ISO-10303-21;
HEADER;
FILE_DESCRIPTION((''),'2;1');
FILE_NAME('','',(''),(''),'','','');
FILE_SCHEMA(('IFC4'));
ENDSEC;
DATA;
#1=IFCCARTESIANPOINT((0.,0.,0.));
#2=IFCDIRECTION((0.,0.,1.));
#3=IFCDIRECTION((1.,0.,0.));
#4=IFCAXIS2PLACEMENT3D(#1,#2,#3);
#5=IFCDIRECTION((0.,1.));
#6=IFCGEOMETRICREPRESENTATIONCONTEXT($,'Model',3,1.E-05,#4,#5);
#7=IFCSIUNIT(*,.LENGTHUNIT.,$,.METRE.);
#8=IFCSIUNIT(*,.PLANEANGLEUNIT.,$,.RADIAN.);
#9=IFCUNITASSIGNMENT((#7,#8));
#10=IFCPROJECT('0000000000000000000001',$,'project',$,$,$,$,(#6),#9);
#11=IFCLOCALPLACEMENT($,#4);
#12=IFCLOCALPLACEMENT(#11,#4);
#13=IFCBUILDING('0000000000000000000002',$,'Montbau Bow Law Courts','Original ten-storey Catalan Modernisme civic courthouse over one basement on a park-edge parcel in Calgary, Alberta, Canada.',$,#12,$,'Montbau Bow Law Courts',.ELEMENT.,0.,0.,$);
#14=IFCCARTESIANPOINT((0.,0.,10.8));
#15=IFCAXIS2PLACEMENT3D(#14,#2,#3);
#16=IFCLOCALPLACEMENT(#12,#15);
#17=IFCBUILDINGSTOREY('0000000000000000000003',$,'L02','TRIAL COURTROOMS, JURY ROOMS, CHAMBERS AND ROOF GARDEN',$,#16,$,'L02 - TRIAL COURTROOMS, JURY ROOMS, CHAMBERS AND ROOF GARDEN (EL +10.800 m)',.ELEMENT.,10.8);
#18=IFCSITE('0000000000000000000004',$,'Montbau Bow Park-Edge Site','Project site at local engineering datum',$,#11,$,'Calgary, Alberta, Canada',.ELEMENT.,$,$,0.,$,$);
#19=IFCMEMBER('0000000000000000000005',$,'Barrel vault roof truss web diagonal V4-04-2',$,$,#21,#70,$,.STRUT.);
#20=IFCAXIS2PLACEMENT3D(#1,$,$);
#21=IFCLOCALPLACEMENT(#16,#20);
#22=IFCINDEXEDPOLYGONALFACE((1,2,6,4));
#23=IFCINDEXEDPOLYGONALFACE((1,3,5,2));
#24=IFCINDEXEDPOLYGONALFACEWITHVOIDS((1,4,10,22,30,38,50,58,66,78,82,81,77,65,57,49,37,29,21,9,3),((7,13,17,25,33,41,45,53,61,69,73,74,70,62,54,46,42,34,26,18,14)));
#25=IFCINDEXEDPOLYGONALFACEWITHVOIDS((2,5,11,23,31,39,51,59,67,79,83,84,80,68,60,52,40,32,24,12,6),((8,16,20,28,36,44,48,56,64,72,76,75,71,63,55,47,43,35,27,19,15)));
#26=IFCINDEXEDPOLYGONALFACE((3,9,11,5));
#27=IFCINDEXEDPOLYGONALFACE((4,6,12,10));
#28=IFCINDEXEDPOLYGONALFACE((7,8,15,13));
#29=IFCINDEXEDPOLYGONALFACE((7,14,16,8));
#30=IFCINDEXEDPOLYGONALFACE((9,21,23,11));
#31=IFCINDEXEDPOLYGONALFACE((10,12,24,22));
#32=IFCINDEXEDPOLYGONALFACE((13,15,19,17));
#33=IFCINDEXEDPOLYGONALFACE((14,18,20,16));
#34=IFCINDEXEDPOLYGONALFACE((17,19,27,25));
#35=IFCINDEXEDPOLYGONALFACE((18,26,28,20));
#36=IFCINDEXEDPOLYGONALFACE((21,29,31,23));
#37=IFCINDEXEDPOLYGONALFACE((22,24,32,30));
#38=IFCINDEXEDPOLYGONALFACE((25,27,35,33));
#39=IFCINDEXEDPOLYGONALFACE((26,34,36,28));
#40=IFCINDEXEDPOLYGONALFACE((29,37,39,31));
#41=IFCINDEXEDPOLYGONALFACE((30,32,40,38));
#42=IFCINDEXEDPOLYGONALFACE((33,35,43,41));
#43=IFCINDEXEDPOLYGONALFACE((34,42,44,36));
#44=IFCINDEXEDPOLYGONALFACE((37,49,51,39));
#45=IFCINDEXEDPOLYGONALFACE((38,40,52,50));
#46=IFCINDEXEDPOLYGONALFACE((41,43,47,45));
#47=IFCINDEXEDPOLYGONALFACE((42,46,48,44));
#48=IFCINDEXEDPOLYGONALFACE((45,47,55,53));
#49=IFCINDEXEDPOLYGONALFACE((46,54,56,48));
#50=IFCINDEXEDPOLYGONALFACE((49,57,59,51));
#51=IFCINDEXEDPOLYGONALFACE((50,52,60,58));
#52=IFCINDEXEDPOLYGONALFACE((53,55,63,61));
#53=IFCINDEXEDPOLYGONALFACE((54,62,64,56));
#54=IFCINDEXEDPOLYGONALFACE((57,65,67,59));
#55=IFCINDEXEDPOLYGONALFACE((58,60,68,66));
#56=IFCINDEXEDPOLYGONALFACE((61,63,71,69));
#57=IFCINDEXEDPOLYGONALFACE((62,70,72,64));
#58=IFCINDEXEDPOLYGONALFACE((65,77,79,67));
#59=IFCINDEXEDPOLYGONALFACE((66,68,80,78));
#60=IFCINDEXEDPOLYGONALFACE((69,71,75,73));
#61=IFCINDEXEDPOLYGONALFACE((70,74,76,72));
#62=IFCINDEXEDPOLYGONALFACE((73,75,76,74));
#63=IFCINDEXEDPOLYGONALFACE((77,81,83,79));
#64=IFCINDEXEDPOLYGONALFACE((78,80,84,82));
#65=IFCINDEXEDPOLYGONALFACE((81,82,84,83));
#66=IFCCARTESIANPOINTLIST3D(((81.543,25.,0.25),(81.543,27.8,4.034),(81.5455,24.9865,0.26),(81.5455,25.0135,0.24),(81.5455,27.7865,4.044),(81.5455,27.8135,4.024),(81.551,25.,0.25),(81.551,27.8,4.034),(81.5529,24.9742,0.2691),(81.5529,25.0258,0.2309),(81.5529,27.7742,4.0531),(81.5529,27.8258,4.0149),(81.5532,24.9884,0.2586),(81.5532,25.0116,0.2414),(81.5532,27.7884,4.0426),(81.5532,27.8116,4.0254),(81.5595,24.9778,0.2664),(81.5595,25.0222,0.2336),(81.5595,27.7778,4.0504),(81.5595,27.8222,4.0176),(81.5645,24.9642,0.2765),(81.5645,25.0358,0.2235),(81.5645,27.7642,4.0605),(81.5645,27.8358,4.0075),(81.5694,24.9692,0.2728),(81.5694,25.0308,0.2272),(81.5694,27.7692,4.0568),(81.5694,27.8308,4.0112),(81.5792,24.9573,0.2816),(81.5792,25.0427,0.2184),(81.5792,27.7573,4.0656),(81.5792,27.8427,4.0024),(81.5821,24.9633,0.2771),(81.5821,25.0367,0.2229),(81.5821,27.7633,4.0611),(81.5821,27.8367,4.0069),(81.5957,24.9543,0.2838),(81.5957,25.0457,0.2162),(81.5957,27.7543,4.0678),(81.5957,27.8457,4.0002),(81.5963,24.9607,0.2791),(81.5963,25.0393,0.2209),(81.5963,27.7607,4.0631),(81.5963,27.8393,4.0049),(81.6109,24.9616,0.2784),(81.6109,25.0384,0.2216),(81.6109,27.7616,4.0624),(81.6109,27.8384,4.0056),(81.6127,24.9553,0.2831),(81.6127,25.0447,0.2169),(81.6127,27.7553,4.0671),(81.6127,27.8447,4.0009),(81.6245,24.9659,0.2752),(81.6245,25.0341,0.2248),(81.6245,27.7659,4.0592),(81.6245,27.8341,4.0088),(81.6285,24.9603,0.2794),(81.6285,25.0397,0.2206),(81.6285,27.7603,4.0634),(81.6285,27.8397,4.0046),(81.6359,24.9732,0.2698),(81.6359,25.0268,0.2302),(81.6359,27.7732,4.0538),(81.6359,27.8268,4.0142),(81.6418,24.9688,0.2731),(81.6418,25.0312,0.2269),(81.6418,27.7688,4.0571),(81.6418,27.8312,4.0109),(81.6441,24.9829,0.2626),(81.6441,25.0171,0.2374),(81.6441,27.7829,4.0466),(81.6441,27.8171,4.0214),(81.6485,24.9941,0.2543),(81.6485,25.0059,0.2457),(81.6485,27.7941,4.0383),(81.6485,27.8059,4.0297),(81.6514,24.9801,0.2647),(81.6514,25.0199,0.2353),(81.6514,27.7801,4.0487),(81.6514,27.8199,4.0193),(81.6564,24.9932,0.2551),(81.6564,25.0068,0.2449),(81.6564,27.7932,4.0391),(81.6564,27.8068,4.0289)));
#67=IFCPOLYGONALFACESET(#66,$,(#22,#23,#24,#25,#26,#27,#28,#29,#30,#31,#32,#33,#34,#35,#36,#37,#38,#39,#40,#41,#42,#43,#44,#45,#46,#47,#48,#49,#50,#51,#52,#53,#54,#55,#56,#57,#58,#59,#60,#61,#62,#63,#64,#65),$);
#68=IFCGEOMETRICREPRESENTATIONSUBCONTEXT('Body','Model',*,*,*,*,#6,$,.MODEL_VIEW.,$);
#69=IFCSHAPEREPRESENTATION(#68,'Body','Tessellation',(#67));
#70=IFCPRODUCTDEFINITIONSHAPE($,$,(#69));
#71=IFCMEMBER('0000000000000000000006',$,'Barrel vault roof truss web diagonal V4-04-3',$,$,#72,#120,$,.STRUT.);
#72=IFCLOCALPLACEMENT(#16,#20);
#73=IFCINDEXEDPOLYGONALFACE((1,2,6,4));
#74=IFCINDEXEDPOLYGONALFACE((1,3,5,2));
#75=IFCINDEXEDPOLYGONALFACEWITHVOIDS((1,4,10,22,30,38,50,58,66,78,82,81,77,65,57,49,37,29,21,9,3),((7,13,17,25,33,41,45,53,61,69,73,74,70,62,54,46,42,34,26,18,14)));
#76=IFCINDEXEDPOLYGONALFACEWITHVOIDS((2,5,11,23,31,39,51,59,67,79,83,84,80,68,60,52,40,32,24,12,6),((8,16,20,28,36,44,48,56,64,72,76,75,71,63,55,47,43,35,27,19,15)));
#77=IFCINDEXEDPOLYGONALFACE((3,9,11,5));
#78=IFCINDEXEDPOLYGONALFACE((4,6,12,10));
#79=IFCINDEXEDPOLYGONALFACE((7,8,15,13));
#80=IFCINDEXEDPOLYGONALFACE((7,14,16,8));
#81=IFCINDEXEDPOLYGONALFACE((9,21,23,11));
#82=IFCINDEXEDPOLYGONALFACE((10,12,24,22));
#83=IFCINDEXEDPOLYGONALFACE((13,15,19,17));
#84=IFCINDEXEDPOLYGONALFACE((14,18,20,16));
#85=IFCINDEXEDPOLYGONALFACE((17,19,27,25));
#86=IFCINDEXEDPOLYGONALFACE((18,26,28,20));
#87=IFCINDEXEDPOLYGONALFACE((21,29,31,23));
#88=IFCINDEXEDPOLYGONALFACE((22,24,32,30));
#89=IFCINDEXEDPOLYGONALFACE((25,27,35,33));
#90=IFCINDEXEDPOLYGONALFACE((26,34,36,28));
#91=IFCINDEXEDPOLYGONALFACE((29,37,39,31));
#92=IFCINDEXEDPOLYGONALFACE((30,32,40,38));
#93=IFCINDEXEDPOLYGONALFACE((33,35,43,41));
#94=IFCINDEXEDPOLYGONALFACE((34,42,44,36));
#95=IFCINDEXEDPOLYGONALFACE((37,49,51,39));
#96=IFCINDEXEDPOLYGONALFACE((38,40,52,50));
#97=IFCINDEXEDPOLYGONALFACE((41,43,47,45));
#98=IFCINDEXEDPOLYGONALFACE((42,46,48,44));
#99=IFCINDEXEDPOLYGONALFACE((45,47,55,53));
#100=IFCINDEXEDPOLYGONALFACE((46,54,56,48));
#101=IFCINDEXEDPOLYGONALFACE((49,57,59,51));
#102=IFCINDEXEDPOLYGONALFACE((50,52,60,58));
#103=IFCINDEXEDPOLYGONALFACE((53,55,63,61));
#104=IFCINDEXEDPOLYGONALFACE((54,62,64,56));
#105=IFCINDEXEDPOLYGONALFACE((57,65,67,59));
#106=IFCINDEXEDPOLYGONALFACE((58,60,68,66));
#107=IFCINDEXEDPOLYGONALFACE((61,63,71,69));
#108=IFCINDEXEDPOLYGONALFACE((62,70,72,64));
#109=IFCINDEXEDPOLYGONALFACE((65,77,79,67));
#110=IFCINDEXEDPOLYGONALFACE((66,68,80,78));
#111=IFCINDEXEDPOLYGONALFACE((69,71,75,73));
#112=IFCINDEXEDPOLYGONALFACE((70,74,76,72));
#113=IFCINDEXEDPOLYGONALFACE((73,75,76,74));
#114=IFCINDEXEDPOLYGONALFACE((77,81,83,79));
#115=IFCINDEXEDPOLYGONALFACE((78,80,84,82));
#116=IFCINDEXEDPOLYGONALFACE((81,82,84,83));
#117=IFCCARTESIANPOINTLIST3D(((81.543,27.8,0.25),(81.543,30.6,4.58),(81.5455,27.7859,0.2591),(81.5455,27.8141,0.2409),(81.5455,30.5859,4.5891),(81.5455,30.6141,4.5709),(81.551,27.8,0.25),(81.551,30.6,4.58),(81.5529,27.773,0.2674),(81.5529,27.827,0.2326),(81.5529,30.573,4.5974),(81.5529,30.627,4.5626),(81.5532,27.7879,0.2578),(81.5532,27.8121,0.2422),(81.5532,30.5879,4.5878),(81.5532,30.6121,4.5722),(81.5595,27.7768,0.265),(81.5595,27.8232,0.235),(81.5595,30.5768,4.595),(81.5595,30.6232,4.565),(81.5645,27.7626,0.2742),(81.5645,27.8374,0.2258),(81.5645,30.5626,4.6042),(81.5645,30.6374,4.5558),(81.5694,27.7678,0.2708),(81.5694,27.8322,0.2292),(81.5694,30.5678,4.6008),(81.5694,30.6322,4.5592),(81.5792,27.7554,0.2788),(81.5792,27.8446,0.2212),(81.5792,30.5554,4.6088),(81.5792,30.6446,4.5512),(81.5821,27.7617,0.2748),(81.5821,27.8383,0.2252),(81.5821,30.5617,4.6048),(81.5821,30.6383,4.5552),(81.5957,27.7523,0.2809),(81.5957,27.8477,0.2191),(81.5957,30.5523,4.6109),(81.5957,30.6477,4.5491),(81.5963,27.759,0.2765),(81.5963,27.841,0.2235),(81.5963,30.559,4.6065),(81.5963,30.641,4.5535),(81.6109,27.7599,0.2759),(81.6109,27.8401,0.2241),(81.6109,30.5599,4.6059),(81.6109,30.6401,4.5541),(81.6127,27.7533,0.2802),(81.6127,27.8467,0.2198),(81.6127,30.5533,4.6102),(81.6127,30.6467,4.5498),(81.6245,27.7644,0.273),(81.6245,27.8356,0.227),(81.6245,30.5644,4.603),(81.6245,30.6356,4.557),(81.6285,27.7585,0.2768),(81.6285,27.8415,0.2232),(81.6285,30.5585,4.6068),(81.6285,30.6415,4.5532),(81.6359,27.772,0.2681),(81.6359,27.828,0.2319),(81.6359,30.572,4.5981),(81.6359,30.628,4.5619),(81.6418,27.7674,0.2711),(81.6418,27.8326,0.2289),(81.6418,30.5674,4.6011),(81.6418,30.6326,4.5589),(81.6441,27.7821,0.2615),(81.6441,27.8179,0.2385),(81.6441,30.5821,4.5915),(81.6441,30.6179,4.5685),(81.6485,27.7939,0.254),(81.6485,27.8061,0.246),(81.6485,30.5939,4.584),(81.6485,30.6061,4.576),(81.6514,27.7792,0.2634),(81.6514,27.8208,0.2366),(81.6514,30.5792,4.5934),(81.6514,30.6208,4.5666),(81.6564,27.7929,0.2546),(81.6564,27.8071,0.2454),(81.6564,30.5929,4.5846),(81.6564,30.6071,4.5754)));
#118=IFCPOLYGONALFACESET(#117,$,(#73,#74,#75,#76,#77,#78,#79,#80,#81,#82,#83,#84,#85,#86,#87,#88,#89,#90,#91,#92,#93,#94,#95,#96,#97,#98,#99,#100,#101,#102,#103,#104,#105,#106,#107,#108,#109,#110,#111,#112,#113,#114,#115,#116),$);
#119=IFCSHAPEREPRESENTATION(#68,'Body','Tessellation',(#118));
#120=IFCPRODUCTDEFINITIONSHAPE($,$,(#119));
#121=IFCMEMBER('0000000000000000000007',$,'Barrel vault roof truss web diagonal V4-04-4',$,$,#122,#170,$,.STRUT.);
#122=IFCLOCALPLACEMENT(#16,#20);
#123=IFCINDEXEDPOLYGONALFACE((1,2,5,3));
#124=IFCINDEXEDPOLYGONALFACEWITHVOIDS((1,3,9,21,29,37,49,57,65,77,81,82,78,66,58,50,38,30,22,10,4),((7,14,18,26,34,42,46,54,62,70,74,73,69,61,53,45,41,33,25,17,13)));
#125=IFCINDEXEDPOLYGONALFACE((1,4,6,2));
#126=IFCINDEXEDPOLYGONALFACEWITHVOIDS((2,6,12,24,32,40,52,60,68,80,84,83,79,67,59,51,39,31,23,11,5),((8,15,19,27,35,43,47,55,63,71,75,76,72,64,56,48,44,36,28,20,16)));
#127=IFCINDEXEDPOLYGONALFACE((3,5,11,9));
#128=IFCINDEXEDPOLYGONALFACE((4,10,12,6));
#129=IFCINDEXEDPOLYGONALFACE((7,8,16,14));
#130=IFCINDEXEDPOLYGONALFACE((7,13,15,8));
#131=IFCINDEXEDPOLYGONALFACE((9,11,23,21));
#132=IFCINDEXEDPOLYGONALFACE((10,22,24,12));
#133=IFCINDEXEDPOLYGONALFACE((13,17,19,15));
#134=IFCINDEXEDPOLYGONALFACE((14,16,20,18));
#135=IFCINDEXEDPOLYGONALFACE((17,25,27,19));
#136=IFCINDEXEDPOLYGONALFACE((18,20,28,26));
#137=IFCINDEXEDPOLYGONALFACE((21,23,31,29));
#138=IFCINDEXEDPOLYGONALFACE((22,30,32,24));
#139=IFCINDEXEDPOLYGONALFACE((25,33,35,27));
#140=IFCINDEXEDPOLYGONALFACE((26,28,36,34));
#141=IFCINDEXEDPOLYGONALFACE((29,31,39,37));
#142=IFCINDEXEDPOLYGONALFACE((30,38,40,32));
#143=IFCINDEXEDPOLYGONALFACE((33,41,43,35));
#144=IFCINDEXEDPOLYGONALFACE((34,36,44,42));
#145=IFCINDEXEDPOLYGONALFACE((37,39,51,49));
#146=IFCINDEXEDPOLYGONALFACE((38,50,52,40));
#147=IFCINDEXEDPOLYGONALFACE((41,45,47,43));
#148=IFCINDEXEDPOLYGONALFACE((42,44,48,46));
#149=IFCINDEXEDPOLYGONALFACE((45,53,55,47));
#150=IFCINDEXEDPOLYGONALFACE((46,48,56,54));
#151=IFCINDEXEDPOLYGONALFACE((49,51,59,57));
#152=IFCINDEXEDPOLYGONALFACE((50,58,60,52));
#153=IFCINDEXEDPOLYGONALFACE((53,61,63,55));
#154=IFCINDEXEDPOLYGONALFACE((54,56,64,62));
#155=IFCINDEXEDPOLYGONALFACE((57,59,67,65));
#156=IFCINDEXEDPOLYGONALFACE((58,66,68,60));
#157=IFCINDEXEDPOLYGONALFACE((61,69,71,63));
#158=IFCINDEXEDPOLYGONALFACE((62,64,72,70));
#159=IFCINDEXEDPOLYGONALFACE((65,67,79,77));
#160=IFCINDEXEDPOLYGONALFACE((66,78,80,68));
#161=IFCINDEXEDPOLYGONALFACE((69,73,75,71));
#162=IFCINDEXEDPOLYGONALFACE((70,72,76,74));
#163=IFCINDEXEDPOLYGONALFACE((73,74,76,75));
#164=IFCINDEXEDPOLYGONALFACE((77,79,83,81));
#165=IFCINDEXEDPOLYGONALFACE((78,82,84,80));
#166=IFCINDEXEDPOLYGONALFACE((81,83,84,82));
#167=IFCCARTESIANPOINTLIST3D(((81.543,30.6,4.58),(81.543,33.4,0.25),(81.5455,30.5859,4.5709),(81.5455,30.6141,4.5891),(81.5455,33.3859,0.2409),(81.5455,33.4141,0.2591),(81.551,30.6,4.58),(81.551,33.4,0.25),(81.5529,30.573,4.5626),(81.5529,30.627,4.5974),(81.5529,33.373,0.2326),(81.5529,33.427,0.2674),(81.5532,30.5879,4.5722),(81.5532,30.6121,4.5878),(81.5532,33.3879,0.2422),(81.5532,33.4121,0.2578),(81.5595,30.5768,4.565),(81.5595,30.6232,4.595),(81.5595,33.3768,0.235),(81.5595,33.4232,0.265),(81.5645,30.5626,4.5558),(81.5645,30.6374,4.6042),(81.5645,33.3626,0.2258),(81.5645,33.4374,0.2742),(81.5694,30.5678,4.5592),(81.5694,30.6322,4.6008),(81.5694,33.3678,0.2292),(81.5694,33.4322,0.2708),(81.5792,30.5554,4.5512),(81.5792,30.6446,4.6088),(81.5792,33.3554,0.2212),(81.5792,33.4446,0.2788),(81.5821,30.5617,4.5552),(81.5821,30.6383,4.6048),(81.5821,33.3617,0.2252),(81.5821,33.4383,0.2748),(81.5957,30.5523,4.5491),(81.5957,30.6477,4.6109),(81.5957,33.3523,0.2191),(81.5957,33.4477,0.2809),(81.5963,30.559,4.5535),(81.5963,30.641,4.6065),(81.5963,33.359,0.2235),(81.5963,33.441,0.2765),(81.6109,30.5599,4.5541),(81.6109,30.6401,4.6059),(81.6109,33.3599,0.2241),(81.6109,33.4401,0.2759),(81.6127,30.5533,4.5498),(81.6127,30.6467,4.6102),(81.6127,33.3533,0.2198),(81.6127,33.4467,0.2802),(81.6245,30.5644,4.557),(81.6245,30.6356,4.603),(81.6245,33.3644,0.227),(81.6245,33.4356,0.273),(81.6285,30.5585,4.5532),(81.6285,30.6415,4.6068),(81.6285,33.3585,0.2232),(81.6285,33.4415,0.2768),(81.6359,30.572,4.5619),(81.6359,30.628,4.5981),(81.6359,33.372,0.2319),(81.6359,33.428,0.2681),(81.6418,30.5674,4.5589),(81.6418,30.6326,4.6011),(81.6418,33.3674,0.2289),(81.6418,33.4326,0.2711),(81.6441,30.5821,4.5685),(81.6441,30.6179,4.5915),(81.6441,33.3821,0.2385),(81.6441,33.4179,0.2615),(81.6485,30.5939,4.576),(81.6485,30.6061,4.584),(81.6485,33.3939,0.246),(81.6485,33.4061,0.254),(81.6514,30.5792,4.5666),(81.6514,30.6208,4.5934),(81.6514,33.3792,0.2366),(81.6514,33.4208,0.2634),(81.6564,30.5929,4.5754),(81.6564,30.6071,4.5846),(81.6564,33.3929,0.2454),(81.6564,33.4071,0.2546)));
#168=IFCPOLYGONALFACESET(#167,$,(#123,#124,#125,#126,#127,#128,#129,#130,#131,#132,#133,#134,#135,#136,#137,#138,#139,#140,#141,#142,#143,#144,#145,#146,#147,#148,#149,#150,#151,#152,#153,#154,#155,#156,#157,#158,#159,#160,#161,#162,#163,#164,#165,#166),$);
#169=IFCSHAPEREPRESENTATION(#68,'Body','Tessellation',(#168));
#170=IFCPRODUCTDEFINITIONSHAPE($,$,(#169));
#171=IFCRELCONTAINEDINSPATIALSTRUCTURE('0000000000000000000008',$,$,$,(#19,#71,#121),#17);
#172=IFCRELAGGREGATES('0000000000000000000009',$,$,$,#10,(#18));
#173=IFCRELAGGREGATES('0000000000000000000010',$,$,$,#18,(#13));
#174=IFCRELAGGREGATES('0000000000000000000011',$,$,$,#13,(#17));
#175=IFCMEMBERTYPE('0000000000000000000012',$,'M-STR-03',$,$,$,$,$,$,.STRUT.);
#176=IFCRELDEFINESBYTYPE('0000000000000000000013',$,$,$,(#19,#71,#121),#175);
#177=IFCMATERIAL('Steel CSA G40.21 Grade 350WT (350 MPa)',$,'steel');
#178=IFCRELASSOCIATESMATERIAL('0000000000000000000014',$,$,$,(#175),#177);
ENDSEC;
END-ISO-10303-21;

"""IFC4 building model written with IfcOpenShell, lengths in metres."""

from ifc_helpers import new_model, si_unit, direction, frame, origin_with_axes, origin_2d_with_axis, place, context, subcontext, project, spatial, hollow_circle, extrude, material, material_profile, profile_set, type_object, element, save


model = new_model("IFC4")

# Units and contexts
model_context = context("Model", 3, precision=1e-05, world=origin_with_axes(), true_north=direction((0.0, 1.0)))
body_context = subcontext(model_context, "Body", "Model", "MODEL_VIEW")
ifc_project = project(units=[si_unit("LENGTHUNIT", "METRE"), si_unit("PLANEANGLEUNIT", "RADIAN")], contexts=[model_context])

# Site, building, storey
site_placement = place(None, origin_with_axes())
site = spatial("IfcSite", under=ifc_project, at=site_placement, Name="Montbau Bow Park-Edge Site", Description="Project site at local engineering datum", LongName="Calgary, Alberta, Canada", CompositionType="ELEMENT", RefElevation=0.0)
building_placement = place(site_placement, origin_with_axes())
building = spatial("IfcBuilding", under=site, at=building_placement, Name="Montbau Bow Law Courts", Description="Original ten-storey Catalan Modernisme civic courthouse over one basement on a park-edge parcel in Calgary, Alberta, Canada.", LongName="Montbau Bow Law Courts", CompositionType="ELEMENT", ElevationOfRefHeight=0.0, ElevationOfTerrain=0.0)
storey_placement = place(building_placement, frame((0.0, 0.0, 10.8), z_axis=(0.0, 0.0, 1.0), x_axis=(1.0, 0.0, 0.0)))
storey = spatial("IfcBuildingStorey", under=building, at=storey_placement, Name="L02", Description="TRIAL COURTROOMS, JURY ROOMS, CHAMBERS AND ROOF GARDEN", LongName="L02 - TRIAL COURTROOMS, JURY ROOMS, CHAMBERS AND ROOF GARDEN (EL +10.800 m)", CompositionType="ELEMENT", Elevation=10.8)

# Shared definitions
ifc_material_1 = material(Name="Steel CSA G40.21 Grade 350WT (350 MPa)", Category="steel")

# Members
ifc_material_profile_1 = material_profile(ifc_material_1, hollow_circle(Radius=0.057, WallThickness=0.008, at=origin_2d_with_axis()), Name="HSS114X8.0", Category="Main", Priority=0)
ifc_profile_set_1 = profile_set([ifc_material_profile_1], Name="Steel CSA G40.21 Grade 350WT (350 MPa)")
member_type_1 = type_object("IfcMemberType", Name="M-STR-03", PredefinedType="STRUT", material=ifc_profile_set_1)
member_1_placement = place(None, frame((81.6, 25.0, 11.05), z_axis=(0.0, 0.594821, 0.803858), x_axis=(-1.0, 0.0, 0.0)))
element("IfcMember", 1, at=member_1_placement, inside=storey, type_object=member_type_1, Name="Barrel vault roof truss web diagonal V4-04-2", PredefinedType="STRUT", context=body_context, shape_type="SweptSolid", body=[
    extrude(hollow_circle(Radius=0.057, WallThickness=0.008, at=origin_2d_with_axis()), origin_with_axes(), (0.0, 0.0, 1.0), 4.7073),
])
for number, where, z_axis, x_axis, name in (
    (2, (81.6, 27.8, 11.05), (0.0, 0.54301, 0.839726), (-1.0, 0.0, 0.0), "Barrel vault roof truss web diagonal V4-04-3"),
    (3, (81.6, 30.6, 15.38), (0.0, 0.54301, -0.839726), (-1.0, 0.0, 0.0), "Barrel vault roof truss web diagonal V4-04-4"),
):
    element("IfcMember", number, at=place(None, frame(where, z_axis=z_axis, x_axis=x_axis)), inside=storey, type_object=member_type_1, Name=name, PredefinedType="STRUT", context=body_context, shape_type="SweptSolid", body=[
        extrude(hollow_circle(Radius=0.057, WallThickness=0.008, at=origin_2d_with_axis()), origin_with_axes(), (0.0, 0.0, 1.0), 5.1564),
    ])

save(model, "model.ifc")
